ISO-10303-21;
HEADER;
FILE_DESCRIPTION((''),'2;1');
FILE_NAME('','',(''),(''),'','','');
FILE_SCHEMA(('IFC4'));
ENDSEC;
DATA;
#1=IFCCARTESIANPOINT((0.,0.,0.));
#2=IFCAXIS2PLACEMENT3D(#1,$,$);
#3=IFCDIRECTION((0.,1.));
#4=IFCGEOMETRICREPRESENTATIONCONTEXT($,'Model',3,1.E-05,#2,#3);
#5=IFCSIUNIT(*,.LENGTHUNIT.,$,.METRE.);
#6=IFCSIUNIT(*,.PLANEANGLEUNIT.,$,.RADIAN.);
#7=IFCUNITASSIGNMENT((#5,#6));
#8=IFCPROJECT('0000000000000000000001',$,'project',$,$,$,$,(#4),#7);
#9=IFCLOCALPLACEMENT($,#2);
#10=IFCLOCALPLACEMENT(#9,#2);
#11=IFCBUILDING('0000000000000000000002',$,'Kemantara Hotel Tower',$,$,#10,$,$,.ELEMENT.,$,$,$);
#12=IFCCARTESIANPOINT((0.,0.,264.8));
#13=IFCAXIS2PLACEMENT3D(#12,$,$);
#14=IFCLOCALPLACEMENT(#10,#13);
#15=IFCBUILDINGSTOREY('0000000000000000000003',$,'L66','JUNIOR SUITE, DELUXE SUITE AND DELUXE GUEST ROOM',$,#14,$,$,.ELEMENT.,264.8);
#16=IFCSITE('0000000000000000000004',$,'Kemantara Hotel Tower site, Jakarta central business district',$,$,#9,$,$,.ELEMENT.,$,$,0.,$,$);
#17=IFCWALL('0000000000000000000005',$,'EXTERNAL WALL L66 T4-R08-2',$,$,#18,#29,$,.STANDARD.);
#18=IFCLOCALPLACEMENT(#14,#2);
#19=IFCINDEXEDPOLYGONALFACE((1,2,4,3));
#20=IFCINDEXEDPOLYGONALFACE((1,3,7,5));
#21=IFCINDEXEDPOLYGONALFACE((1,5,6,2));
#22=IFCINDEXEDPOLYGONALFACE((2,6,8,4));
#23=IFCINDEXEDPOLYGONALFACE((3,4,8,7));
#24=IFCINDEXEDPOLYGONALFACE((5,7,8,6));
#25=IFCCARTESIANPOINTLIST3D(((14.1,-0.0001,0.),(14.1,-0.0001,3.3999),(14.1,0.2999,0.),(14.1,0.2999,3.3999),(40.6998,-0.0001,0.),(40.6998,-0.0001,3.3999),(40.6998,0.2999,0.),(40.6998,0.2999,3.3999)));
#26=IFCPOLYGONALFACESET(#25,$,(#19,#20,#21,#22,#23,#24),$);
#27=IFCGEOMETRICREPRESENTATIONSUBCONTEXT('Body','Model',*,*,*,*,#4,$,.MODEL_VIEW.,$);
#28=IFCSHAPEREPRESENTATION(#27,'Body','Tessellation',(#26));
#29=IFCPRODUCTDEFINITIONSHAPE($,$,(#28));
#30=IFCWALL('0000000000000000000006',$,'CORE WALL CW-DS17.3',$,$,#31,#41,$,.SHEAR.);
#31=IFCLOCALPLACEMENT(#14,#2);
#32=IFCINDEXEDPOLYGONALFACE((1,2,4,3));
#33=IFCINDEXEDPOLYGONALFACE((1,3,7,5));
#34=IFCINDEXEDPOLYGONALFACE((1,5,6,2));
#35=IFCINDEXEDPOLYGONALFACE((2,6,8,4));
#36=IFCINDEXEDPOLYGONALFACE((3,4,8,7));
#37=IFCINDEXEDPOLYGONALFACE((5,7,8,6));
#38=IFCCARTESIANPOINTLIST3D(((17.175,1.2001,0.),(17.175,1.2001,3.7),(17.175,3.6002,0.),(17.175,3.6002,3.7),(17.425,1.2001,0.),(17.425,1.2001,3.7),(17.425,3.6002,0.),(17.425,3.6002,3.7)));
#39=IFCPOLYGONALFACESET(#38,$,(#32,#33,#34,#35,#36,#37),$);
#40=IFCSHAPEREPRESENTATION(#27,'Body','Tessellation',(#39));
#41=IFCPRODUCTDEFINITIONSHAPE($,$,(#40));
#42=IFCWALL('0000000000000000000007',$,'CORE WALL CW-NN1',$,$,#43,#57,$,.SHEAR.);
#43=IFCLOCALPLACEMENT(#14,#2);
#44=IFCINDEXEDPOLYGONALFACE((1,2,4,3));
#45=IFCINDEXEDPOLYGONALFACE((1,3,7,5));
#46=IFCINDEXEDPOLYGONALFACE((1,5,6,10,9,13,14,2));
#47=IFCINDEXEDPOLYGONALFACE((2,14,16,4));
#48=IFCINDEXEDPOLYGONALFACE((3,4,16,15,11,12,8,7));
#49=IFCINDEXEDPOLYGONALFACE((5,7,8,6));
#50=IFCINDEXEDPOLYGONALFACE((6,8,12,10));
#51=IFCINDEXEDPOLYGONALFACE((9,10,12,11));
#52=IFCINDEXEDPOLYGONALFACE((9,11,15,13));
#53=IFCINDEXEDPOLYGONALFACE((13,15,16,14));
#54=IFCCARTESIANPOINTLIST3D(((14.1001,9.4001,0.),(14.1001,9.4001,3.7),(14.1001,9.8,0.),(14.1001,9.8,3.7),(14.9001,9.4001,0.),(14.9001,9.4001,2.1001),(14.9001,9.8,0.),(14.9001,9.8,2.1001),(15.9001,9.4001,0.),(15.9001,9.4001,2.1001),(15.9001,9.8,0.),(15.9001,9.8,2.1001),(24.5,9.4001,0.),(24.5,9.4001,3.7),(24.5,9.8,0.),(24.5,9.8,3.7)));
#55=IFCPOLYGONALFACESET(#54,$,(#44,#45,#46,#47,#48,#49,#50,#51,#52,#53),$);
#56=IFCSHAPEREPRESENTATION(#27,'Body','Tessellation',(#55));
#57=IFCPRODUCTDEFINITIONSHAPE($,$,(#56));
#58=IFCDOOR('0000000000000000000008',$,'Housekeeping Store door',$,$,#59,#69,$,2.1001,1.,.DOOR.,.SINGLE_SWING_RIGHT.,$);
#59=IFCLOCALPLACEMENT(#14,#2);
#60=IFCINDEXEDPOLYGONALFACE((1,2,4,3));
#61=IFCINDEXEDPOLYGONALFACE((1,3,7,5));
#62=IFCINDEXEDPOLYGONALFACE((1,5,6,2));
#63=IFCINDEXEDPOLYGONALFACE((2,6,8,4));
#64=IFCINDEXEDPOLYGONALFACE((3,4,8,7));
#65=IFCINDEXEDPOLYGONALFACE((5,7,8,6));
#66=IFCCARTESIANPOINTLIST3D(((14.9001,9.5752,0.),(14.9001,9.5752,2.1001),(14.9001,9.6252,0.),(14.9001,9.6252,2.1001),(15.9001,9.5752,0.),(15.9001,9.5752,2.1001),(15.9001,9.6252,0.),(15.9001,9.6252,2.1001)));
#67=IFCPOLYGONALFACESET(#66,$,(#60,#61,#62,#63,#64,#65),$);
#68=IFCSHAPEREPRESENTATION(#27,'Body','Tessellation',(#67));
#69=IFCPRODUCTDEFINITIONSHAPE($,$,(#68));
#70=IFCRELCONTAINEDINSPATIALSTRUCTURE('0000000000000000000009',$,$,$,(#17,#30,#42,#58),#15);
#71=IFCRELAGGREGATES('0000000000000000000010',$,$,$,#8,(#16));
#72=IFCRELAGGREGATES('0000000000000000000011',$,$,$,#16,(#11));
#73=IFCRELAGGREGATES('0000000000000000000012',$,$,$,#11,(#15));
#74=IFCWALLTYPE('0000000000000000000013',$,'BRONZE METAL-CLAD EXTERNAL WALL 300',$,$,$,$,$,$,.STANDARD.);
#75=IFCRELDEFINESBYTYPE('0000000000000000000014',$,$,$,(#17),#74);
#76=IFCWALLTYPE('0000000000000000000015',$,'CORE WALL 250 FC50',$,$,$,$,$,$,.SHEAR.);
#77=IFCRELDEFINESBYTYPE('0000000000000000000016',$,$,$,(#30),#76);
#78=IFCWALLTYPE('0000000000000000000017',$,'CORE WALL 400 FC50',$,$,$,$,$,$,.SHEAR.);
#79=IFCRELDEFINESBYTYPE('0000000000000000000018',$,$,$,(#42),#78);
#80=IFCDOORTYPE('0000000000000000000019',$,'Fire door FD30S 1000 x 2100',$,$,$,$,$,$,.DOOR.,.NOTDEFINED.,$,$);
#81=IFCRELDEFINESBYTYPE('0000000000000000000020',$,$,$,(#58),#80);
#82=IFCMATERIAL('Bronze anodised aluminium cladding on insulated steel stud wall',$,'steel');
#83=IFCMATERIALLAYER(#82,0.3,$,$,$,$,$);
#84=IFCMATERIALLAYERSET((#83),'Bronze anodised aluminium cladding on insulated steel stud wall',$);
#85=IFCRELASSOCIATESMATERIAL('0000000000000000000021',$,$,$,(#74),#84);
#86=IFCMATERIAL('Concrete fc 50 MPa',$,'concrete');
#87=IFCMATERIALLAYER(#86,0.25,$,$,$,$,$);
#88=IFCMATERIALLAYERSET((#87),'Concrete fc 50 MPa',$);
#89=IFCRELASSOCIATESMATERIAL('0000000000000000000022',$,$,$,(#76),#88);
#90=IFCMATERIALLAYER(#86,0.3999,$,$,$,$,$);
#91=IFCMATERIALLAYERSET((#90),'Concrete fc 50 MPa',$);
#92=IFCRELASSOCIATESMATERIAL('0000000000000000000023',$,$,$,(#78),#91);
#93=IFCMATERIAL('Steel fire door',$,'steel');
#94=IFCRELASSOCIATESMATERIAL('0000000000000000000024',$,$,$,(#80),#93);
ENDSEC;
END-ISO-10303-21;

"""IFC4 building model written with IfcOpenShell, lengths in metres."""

from ifc_helpers import new_model, si_unit, direction, frame, frame_2d, origin, place, context, subcontext, project, spatial, rectangle, extrude, material, layer, layer_set, type_object, element, fill, save


model = new_model("IFC4")

# Units and contexts
model_context = context("Model", 3, precision=1e-05, world=origin(), true_north=direction((0.0, 1.0)))
body_context = subcontext(model_context, "Body", "Model", "MODEL_VIEW")
ifc_project = project(units=[si_unit("LENGTHUNIT", "METRE"), si_unit("PLANEANGLEUNIT", "RADIAN")], contexts=[model_context])

# Site, building, storey
site_placement = place(None, origin())
site = spatial("IfcSite", under=ifc_project, at=site_placement, Name="Kemantara Hotel Tower site, Jakarta central business district", CompositionType="ELEMENT", RefElevation=0.0)
building_placement = place(site_placement, origin())
building = spatial("IfcBuilding", under=site, at=building_placement, Name="Kemantara Hotel Tower", CompositionType="ELEMENT")
storey_placement = place(building_placement, frame((0.0, 0.0, 264.8)))
storey = spatial("IfcBuildingStorey", under=building, at=storey_placement, Name="L66", Description="JUNIOR SUITE, DELUXE SUITE AND DELUXE GUEST ROOM", CompositionType="ELEMENT", Elevation=264.8)

# Walls
ifc_material_1 = material(Name="Bronze anodised aluminium cladding on insulated steel stud wall", Category="steel")
ifc_layer_1 = layer(ifc_material_1, 0.3)
ifc_layer_set_1 = layer_set([ifc_layer_1], Name="Bronze anodised aluminium cladding on insulated steel stud wall")
wall_type_1 = type_object("IfcWallType", Name="BRONZE METAL-CLAD EXTERNAL WALL 300", PredefinedType="STANDARD", material=ifc_layer_set_1)
wall_1_placement = place(storey_placement, frame((14.1001, 0.1499, 0.0), z_axis=(0.0, 0.0, 1.0), x_axis=(1.0, 0.0, 0.0)))
element("IfcWall", 1, at=wall_1_placement, inside=storey, type_object=wall_type_1, Name="EXTERNAL WALL L66 T4-R08-2", PredefinedType="STANDARD", context=body_context, shape_type="SweptSolid", body=[
    extrude(rectangle(XDim=26.5999, YDim=0.3, at=frame_2d((13.2998, 0.0))), origin(), (0.0, 0.0, 1.0), 3.3999),
])
ifc_material_2 = material(Name="Concrete fc 50 MPa", Category="concrete")
ifc_layer_2 = layer(ifc_material_2, 0.25)
ifc_layer_set_2 = layer_set([ifc_layer_2], Name="Concrete fc 50 MPa")
wall_type_2 = type_object("IfcWallType", Name="CORE WALL 250 FC50", PredefinedType="SHEAR", material=ifc_layer_set_2)
wall_2_placement = place(storey_placement, frame((17.3, 1.2, 0.0), z_axis=(0.0, 0.0, 1.0), x_axis=(0.0, 1.0, 0.0)))
element("IfcWall", 2, at=wall_2_placement, inside=storey, type_object=wall_type_2, Name="CORE WALL CW-DS17.3", PredefinedType="SHEAR", context=body_context, shape_type="SweptSolid", body=[
    extrude(rectangle(XDim=2.4001, YDim=0.25, at=frame_2d((1.2002, 0.0))), origin(), (0.0, 0.0, 1.0), 3.7),
])

# Wall, opening, door
ifc_layer_3 = layer(ifc_material_2, 0.3999)
ifc_layer_set_3 = layer_set([ifc_layer_3], Name="Concrete fc 50 MPa")
wall_type_3 = type_object("IfcWallType", Name="CORE WALL 400 FC50", PredefinedType="SHEAR", material=ifc_layer_set_3)
wall_3_placement = place(storey_placement, frame((14.1001, 9.6001, 0.0), z_axis=(0.0, 0.0, 1.0), x_axis=(1.0, 0.0, 0.0)))
wall_3 = element("IfcWall", 3, at=wall_3_placement, inside=storey, type_object=wall_type_3, Name="CORE WALL CW-NN1", PredefinedType="SHEAR", context=body_context, shape_type="SweptSolid", body=[
    extrude(rectangle(XDim=10.3999, YDim=0.3999, at=frame_2d((5.2, 0.0))), origin(), (0.0, 0.0, 1.0), 3.7),
])
opening_1_placement = place(wall_3_placement, frame((0.8, 0.0, 0.0)))
opening_1 = element("IfcOpeningElement", 4, at=opening_1_placement, cuts=wall_3, PredefinedType="OPENING", context=body_context, shape_type="SweptSolid", body=[
    extrude(rectangle(XDim=1.0, YDim=2.1001, at=frame_2d((0.5, 1.05))), frame((0.0, 0.21, 0.0), z_axis=(0.0, -1.0, 0.0), x_axis=(1.0, 0.0, 0.0)), (0.0, 0.0, 1.0), 0.4199),
])
ifc_material_3 = material(Name="Steel fire door", Category="steel")
door_type_1 = type_object("IfcDoorType", Name="Fire door FD30S 1000 x 2100", OperationType="NOTDEFINED", PredefinedType="DOOR", material=ifc_material_3)
door_1_placement = place(opening_1_placement, frame((1.0, 0.0, 0.0), z_axis=(0.0, 0.0, 1.0), x_axis=(-1.0, 0.0, 0.0)))
door_1 = element("IfcDoor", 5, at=door_1_placement, inside=storey, type_object=door_type_1, Name="Housekeeping Store door", OperationType="SINGLE_SWING_RIGHT", OverallHeight=2.1001, OverallWidth=1.0, PredefinedType="DOOR", context=body_context, shape_type="SweptSolid", body=[
    extrude(rectangle(XDim=1.0, YDim=2.1001, at=frame_2d((0.5, 1.05))), frame((0.0, 0.0249, 0.0), z_axis=(0.0, -1.0, 0.0), x_axis=(1.0, 0.0, 0.0)), (0.0, 0.0, 1.0), 0.05),
])
fill(opening_1, door_1)

save(model, "model.ifc")
